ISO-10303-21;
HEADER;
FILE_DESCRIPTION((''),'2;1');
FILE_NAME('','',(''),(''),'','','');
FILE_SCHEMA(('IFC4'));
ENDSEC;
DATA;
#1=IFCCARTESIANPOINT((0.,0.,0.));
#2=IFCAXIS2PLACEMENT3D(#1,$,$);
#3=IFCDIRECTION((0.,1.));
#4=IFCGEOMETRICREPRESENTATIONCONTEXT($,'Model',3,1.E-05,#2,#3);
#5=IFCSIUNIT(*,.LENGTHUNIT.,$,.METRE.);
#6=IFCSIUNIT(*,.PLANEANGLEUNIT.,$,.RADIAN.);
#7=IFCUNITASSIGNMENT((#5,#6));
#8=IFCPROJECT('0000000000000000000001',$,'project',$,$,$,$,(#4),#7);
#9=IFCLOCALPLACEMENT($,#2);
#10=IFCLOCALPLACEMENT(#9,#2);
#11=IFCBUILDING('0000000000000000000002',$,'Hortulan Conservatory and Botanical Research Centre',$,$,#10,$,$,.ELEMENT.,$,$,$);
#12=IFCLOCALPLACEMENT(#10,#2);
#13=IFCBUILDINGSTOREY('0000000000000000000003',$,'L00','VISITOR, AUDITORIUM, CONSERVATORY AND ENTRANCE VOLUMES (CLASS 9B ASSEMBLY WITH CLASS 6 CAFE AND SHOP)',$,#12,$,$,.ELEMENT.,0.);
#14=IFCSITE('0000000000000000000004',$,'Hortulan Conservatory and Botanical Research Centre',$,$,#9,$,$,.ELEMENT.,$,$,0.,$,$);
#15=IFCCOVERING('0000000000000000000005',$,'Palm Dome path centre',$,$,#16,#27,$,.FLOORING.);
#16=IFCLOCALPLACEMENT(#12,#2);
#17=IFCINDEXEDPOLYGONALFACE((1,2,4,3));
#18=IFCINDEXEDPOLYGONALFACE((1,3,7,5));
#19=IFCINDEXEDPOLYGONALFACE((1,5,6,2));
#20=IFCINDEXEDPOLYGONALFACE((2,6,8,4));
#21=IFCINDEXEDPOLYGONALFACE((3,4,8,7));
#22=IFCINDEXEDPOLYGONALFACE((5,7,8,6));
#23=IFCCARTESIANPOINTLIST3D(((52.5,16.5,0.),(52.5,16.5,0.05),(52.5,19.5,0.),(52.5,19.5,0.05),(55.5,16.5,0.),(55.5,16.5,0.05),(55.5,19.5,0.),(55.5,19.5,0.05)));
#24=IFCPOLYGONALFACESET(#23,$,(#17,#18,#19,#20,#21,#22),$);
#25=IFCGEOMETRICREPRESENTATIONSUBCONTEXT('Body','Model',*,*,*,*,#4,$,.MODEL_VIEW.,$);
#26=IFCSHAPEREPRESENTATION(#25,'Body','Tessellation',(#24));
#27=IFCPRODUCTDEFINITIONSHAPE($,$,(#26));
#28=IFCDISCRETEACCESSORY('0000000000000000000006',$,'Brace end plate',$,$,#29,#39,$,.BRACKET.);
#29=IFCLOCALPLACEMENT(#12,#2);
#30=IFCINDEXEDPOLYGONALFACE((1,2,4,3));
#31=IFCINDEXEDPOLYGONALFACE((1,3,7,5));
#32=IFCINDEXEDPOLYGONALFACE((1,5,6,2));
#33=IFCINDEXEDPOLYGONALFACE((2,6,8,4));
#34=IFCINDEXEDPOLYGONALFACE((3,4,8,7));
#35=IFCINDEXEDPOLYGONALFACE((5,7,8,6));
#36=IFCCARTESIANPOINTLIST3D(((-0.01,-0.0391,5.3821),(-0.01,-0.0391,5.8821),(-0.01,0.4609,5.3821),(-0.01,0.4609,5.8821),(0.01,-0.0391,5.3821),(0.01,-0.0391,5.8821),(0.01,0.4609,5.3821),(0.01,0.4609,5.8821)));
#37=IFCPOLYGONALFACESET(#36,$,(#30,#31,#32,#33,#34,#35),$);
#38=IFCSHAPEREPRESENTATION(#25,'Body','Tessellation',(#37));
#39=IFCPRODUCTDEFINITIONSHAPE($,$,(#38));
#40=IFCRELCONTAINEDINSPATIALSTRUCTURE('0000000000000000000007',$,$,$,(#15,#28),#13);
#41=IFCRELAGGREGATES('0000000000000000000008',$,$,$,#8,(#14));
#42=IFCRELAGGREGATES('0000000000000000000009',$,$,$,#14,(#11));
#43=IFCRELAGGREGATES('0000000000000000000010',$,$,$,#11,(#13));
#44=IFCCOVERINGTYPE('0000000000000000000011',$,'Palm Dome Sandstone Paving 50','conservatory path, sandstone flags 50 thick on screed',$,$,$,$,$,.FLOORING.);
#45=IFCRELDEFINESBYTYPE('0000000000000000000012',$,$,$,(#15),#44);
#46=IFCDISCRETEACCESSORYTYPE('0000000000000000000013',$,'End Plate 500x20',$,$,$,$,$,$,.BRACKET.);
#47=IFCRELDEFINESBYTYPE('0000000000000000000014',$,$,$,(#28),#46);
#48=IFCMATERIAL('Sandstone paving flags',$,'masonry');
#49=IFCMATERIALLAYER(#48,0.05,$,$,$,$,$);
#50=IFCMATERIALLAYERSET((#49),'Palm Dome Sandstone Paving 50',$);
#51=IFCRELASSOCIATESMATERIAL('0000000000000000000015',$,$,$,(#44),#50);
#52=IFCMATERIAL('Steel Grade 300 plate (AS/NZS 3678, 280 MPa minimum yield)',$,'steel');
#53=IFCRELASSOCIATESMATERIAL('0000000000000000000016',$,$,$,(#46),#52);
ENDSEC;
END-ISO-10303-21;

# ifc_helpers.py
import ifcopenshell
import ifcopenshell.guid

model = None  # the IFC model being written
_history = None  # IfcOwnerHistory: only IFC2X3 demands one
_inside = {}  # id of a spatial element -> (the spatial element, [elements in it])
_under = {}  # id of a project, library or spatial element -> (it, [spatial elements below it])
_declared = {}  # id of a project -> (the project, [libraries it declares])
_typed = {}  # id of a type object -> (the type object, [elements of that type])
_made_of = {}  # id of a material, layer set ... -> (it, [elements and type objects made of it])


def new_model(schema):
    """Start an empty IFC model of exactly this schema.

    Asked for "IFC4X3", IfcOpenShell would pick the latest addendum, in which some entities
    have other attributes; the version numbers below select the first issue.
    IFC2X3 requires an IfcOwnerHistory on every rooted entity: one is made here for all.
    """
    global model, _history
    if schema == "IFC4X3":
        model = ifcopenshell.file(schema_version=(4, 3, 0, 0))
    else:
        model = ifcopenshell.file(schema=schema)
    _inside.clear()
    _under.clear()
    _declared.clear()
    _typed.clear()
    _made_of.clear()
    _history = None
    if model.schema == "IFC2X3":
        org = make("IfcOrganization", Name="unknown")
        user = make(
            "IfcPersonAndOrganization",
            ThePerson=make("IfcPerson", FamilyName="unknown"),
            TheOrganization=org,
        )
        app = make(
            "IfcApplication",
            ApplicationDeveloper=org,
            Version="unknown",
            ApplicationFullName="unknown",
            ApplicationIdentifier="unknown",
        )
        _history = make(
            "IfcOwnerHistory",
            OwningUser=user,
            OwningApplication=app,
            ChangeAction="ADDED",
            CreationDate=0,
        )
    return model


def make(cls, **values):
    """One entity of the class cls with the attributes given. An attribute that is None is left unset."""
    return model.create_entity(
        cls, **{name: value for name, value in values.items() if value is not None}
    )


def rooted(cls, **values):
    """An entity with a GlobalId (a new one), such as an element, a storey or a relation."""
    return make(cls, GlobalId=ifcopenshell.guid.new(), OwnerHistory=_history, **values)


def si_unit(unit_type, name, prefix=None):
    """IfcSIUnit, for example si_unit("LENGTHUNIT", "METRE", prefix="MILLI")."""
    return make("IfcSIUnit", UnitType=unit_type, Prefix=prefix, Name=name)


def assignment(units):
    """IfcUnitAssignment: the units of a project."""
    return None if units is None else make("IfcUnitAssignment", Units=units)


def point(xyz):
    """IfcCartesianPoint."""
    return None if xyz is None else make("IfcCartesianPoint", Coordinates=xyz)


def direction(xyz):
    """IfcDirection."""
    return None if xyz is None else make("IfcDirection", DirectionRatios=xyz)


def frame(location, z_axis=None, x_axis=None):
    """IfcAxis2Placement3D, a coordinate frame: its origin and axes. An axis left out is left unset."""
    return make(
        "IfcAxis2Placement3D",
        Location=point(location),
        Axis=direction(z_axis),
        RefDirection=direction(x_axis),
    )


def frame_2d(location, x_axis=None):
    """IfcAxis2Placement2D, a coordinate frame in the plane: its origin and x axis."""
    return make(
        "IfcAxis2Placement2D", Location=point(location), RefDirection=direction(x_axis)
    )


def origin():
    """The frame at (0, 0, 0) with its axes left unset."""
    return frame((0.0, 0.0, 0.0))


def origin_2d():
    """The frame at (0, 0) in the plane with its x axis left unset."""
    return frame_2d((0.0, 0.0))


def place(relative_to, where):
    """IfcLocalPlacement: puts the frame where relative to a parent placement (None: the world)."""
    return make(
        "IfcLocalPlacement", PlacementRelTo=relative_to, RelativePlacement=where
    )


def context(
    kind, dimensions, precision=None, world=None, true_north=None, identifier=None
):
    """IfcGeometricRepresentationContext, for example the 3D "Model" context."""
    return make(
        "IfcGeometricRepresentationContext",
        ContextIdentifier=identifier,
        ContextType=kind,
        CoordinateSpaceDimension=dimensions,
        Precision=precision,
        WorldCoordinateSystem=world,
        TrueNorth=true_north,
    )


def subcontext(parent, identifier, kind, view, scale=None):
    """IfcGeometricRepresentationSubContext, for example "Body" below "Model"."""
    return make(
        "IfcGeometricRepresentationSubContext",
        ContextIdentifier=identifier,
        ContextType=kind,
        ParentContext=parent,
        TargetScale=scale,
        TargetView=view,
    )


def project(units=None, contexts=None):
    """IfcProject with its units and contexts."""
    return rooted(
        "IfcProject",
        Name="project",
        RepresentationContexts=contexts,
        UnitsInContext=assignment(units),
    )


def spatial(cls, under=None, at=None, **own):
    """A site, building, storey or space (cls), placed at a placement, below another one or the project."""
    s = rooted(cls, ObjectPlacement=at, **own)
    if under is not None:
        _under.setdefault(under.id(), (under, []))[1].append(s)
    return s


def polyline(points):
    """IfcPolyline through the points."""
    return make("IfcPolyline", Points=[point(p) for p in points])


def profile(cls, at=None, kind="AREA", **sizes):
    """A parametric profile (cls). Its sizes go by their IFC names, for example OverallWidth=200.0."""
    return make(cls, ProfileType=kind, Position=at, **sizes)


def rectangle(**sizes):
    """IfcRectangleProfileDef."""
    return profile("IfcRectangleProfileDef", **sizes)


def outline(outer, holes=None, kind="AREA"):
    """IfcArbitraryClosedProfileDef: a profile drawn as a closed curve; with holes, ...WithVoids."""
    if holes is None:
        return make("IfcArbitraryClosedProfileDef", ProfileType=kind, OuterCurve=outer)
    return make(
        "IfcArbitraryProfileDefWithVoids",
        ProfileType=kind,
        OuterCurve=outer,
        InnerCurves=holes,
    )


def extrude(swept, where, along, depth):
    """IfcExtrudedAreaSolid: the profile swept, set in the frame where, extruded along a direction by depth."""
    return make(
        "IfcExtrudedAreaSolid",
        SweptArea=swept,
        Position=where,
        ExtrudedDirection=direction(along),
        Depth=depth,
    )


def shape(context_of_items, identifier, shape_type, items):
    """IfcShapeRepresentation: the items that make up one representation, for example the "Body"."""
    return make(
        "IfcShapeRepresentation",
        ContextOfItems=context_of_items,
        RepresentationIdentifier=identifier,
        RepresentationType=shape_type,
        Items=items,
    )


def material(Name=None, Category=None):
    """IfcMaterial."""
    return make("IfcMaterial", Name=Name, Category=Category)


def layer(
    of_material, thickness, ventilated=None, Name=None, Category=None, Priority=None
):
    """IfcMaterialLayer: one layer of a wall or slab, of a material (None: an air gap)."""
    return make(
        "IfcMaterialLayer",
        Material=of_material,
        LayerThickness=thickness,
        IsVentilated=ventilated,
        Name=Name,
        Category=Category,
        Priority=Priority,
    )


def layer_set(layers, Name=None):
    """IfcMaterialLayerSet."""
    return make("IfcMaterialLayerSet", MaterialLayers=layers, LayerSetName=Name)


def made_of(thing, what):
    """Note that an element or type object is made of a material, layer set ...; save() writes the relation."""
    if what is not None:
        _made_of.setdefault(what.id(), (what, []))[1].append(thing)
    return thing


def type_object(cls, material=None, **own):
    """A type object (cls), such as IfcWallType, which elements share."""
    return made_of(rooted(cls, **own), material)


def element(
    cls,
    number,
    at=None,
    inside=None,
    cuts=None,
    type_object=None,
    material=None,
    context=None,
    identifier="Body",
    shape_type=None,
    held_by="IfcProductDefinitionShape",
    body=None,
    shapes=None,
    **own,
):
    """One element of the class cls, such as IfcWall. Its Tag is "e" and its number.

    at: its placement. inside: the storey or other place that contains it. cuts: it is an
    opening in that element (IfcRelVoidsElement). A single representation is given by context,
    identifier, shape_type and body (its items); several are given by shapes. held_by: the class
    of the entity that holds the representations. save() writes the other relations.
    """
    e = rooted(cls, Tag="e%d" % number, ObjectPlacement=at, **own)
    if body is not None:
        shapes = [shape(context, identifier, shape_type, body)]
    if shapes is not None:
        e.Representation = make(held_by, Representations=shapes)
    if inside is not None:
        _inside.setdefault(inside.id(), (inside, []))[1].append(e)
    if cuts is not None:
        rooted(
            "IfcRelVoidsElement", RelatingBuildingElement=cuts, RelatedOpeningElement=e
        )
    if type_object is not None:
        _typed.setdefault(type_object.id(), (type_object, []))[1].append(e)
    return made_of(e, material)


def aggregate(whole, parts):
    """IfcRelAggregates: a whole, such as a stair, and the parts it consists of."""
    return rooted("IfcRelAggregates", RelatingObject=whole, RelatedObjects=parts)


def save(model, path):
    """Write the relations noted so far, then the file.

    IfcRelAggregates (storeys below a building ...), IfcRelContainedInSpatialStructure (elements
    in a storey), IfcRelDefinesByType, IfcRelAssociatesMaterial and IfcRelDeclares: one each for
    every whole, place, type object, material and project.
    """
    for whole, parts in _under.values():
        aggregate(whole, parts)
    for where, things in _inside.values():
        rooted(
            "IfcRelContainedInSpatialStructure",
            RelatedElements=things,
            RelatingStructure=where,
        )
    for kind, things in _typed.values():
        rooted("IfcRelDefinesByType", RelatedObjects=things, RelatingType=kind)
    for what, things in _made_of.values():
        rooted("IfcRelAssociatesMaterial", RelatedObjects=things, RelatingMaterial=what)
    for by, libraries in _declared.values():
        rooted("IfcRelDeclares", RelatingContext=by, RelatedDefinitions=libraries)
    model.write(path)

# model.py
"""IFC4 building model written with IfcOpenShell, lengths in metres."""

from ifc_helpers import new_model, si_unit, direction, frame, origin, origin_2d, place, context, subcontext, project, spatial, polyline, rectangle, outline, extrude, material, layer, layer_set, type_object, element, save


model = new_model("IFC4")

# Units and contexts
model_context = context("Model", 3, precision=1e-05, world=origin(), true_north=direction((0.0, 1.0)))
body_context = subcontext(model_context, "Body", "Model", "MODEL_VIEW")
ifc_project = project(units=[si_unit("LENGTHUNIT", "METRE"), si_unit("PLANEANGLEUNIT", "RADIAN")], contexts=[model_context])

# Site, building, storey
site_placement = place(None, origin())
site = spatial("IfcSite", under=ifc_project, at=site_placement, Name="Hortulan Conservatory and Botanical Research Centre", CompositionType="ELEMENT", RefElevation=0.0)
building_placement = place(site_placement, origin())
building = spatial("IfcBuilding", under=site, at=building_placement, Name="Hortulan Conservatory and Botanical Research Centre", CompositionType="ELEMENT")
storey_placement = place(building_placement, origin())
storey = spatial("IfcBuildingStorey", under=building, at=storey_placement, Name="L00", Description="VISITOR, AUDITORIUM, CONSERVATORY AND ENTRANCE VOLUMES (CLASS 9B ASSEMBLY WITH CLASS 6 CAFE AND SHOP)", CompositionType="ELEMENT", Elevation=0.0)

# Covering
ifc_material_1 = material(Name="Sandstone paving flags", Category="masonry")
ifc_layer_1 = layer(ifc_material_1, 0.05)
ifc_layer_set_1 = layer_set([ifc_layer_1], Name="Palm Dome Sandstone Paving 50")
covering_type = type_object("IfcCoveringType", Name="Palm Dome Sandstone Paving 50", Description="conservatory path, sandstone flags 50 thick on screed", PredefinedType="FLOORING", material=ifc_layer_set_1)
covering_1_placement = place(storey_placement, origin())
element("IfcCovering", 1, at=covering_1_placement, inside=storey, type_object=covering_type, Name="Palm Dome path centre", PredefinedType="FLOORING", context=body_context, shape_type="SweptSolid", body=[
    extrude(outline(polyline([(52.5, 16.5), (52.5, 19.5), (55.5, 19.5), (55.5, 16.5), (52.5, 16.5)])), origin(), (0.0, 0.0, 1.0), 0.05),
])

# Discrete accessory
ifc_material_2 = material(Name="Steel Grade 300 plate (AS/NZS 3678, 280 MPa minimum yield)", Category="steel")
discrete_accessory_type = type_object("IfcDiscreteAccessoryType", Name="End Plate 500x20", PredefinedType="BRACKET", material=ifc_material_2)
discrete_accessory_placement = place(storey_placement, frame((0.0, 0.2109, 5.3821), z_axis=(0.0, 0.0, 1.0), x_axis=(0.0, -1.0, 0.0)))
element("IfcDiscreteAccessory", 2, at=discrete_accessory_placement, inside=storey, type_object=discrete_accessory_type, Name="Brace end plate", PredefinedType="BRACKET", context=body_context, shape_type="SweptSolid", body=[
    extrude(rectangle(XDim=0.5, YDim=0.02, at=origin_2d()), origin(), (0.0, 0.0, 1.0), 0.5),
])

save(model, "model.ifc")
